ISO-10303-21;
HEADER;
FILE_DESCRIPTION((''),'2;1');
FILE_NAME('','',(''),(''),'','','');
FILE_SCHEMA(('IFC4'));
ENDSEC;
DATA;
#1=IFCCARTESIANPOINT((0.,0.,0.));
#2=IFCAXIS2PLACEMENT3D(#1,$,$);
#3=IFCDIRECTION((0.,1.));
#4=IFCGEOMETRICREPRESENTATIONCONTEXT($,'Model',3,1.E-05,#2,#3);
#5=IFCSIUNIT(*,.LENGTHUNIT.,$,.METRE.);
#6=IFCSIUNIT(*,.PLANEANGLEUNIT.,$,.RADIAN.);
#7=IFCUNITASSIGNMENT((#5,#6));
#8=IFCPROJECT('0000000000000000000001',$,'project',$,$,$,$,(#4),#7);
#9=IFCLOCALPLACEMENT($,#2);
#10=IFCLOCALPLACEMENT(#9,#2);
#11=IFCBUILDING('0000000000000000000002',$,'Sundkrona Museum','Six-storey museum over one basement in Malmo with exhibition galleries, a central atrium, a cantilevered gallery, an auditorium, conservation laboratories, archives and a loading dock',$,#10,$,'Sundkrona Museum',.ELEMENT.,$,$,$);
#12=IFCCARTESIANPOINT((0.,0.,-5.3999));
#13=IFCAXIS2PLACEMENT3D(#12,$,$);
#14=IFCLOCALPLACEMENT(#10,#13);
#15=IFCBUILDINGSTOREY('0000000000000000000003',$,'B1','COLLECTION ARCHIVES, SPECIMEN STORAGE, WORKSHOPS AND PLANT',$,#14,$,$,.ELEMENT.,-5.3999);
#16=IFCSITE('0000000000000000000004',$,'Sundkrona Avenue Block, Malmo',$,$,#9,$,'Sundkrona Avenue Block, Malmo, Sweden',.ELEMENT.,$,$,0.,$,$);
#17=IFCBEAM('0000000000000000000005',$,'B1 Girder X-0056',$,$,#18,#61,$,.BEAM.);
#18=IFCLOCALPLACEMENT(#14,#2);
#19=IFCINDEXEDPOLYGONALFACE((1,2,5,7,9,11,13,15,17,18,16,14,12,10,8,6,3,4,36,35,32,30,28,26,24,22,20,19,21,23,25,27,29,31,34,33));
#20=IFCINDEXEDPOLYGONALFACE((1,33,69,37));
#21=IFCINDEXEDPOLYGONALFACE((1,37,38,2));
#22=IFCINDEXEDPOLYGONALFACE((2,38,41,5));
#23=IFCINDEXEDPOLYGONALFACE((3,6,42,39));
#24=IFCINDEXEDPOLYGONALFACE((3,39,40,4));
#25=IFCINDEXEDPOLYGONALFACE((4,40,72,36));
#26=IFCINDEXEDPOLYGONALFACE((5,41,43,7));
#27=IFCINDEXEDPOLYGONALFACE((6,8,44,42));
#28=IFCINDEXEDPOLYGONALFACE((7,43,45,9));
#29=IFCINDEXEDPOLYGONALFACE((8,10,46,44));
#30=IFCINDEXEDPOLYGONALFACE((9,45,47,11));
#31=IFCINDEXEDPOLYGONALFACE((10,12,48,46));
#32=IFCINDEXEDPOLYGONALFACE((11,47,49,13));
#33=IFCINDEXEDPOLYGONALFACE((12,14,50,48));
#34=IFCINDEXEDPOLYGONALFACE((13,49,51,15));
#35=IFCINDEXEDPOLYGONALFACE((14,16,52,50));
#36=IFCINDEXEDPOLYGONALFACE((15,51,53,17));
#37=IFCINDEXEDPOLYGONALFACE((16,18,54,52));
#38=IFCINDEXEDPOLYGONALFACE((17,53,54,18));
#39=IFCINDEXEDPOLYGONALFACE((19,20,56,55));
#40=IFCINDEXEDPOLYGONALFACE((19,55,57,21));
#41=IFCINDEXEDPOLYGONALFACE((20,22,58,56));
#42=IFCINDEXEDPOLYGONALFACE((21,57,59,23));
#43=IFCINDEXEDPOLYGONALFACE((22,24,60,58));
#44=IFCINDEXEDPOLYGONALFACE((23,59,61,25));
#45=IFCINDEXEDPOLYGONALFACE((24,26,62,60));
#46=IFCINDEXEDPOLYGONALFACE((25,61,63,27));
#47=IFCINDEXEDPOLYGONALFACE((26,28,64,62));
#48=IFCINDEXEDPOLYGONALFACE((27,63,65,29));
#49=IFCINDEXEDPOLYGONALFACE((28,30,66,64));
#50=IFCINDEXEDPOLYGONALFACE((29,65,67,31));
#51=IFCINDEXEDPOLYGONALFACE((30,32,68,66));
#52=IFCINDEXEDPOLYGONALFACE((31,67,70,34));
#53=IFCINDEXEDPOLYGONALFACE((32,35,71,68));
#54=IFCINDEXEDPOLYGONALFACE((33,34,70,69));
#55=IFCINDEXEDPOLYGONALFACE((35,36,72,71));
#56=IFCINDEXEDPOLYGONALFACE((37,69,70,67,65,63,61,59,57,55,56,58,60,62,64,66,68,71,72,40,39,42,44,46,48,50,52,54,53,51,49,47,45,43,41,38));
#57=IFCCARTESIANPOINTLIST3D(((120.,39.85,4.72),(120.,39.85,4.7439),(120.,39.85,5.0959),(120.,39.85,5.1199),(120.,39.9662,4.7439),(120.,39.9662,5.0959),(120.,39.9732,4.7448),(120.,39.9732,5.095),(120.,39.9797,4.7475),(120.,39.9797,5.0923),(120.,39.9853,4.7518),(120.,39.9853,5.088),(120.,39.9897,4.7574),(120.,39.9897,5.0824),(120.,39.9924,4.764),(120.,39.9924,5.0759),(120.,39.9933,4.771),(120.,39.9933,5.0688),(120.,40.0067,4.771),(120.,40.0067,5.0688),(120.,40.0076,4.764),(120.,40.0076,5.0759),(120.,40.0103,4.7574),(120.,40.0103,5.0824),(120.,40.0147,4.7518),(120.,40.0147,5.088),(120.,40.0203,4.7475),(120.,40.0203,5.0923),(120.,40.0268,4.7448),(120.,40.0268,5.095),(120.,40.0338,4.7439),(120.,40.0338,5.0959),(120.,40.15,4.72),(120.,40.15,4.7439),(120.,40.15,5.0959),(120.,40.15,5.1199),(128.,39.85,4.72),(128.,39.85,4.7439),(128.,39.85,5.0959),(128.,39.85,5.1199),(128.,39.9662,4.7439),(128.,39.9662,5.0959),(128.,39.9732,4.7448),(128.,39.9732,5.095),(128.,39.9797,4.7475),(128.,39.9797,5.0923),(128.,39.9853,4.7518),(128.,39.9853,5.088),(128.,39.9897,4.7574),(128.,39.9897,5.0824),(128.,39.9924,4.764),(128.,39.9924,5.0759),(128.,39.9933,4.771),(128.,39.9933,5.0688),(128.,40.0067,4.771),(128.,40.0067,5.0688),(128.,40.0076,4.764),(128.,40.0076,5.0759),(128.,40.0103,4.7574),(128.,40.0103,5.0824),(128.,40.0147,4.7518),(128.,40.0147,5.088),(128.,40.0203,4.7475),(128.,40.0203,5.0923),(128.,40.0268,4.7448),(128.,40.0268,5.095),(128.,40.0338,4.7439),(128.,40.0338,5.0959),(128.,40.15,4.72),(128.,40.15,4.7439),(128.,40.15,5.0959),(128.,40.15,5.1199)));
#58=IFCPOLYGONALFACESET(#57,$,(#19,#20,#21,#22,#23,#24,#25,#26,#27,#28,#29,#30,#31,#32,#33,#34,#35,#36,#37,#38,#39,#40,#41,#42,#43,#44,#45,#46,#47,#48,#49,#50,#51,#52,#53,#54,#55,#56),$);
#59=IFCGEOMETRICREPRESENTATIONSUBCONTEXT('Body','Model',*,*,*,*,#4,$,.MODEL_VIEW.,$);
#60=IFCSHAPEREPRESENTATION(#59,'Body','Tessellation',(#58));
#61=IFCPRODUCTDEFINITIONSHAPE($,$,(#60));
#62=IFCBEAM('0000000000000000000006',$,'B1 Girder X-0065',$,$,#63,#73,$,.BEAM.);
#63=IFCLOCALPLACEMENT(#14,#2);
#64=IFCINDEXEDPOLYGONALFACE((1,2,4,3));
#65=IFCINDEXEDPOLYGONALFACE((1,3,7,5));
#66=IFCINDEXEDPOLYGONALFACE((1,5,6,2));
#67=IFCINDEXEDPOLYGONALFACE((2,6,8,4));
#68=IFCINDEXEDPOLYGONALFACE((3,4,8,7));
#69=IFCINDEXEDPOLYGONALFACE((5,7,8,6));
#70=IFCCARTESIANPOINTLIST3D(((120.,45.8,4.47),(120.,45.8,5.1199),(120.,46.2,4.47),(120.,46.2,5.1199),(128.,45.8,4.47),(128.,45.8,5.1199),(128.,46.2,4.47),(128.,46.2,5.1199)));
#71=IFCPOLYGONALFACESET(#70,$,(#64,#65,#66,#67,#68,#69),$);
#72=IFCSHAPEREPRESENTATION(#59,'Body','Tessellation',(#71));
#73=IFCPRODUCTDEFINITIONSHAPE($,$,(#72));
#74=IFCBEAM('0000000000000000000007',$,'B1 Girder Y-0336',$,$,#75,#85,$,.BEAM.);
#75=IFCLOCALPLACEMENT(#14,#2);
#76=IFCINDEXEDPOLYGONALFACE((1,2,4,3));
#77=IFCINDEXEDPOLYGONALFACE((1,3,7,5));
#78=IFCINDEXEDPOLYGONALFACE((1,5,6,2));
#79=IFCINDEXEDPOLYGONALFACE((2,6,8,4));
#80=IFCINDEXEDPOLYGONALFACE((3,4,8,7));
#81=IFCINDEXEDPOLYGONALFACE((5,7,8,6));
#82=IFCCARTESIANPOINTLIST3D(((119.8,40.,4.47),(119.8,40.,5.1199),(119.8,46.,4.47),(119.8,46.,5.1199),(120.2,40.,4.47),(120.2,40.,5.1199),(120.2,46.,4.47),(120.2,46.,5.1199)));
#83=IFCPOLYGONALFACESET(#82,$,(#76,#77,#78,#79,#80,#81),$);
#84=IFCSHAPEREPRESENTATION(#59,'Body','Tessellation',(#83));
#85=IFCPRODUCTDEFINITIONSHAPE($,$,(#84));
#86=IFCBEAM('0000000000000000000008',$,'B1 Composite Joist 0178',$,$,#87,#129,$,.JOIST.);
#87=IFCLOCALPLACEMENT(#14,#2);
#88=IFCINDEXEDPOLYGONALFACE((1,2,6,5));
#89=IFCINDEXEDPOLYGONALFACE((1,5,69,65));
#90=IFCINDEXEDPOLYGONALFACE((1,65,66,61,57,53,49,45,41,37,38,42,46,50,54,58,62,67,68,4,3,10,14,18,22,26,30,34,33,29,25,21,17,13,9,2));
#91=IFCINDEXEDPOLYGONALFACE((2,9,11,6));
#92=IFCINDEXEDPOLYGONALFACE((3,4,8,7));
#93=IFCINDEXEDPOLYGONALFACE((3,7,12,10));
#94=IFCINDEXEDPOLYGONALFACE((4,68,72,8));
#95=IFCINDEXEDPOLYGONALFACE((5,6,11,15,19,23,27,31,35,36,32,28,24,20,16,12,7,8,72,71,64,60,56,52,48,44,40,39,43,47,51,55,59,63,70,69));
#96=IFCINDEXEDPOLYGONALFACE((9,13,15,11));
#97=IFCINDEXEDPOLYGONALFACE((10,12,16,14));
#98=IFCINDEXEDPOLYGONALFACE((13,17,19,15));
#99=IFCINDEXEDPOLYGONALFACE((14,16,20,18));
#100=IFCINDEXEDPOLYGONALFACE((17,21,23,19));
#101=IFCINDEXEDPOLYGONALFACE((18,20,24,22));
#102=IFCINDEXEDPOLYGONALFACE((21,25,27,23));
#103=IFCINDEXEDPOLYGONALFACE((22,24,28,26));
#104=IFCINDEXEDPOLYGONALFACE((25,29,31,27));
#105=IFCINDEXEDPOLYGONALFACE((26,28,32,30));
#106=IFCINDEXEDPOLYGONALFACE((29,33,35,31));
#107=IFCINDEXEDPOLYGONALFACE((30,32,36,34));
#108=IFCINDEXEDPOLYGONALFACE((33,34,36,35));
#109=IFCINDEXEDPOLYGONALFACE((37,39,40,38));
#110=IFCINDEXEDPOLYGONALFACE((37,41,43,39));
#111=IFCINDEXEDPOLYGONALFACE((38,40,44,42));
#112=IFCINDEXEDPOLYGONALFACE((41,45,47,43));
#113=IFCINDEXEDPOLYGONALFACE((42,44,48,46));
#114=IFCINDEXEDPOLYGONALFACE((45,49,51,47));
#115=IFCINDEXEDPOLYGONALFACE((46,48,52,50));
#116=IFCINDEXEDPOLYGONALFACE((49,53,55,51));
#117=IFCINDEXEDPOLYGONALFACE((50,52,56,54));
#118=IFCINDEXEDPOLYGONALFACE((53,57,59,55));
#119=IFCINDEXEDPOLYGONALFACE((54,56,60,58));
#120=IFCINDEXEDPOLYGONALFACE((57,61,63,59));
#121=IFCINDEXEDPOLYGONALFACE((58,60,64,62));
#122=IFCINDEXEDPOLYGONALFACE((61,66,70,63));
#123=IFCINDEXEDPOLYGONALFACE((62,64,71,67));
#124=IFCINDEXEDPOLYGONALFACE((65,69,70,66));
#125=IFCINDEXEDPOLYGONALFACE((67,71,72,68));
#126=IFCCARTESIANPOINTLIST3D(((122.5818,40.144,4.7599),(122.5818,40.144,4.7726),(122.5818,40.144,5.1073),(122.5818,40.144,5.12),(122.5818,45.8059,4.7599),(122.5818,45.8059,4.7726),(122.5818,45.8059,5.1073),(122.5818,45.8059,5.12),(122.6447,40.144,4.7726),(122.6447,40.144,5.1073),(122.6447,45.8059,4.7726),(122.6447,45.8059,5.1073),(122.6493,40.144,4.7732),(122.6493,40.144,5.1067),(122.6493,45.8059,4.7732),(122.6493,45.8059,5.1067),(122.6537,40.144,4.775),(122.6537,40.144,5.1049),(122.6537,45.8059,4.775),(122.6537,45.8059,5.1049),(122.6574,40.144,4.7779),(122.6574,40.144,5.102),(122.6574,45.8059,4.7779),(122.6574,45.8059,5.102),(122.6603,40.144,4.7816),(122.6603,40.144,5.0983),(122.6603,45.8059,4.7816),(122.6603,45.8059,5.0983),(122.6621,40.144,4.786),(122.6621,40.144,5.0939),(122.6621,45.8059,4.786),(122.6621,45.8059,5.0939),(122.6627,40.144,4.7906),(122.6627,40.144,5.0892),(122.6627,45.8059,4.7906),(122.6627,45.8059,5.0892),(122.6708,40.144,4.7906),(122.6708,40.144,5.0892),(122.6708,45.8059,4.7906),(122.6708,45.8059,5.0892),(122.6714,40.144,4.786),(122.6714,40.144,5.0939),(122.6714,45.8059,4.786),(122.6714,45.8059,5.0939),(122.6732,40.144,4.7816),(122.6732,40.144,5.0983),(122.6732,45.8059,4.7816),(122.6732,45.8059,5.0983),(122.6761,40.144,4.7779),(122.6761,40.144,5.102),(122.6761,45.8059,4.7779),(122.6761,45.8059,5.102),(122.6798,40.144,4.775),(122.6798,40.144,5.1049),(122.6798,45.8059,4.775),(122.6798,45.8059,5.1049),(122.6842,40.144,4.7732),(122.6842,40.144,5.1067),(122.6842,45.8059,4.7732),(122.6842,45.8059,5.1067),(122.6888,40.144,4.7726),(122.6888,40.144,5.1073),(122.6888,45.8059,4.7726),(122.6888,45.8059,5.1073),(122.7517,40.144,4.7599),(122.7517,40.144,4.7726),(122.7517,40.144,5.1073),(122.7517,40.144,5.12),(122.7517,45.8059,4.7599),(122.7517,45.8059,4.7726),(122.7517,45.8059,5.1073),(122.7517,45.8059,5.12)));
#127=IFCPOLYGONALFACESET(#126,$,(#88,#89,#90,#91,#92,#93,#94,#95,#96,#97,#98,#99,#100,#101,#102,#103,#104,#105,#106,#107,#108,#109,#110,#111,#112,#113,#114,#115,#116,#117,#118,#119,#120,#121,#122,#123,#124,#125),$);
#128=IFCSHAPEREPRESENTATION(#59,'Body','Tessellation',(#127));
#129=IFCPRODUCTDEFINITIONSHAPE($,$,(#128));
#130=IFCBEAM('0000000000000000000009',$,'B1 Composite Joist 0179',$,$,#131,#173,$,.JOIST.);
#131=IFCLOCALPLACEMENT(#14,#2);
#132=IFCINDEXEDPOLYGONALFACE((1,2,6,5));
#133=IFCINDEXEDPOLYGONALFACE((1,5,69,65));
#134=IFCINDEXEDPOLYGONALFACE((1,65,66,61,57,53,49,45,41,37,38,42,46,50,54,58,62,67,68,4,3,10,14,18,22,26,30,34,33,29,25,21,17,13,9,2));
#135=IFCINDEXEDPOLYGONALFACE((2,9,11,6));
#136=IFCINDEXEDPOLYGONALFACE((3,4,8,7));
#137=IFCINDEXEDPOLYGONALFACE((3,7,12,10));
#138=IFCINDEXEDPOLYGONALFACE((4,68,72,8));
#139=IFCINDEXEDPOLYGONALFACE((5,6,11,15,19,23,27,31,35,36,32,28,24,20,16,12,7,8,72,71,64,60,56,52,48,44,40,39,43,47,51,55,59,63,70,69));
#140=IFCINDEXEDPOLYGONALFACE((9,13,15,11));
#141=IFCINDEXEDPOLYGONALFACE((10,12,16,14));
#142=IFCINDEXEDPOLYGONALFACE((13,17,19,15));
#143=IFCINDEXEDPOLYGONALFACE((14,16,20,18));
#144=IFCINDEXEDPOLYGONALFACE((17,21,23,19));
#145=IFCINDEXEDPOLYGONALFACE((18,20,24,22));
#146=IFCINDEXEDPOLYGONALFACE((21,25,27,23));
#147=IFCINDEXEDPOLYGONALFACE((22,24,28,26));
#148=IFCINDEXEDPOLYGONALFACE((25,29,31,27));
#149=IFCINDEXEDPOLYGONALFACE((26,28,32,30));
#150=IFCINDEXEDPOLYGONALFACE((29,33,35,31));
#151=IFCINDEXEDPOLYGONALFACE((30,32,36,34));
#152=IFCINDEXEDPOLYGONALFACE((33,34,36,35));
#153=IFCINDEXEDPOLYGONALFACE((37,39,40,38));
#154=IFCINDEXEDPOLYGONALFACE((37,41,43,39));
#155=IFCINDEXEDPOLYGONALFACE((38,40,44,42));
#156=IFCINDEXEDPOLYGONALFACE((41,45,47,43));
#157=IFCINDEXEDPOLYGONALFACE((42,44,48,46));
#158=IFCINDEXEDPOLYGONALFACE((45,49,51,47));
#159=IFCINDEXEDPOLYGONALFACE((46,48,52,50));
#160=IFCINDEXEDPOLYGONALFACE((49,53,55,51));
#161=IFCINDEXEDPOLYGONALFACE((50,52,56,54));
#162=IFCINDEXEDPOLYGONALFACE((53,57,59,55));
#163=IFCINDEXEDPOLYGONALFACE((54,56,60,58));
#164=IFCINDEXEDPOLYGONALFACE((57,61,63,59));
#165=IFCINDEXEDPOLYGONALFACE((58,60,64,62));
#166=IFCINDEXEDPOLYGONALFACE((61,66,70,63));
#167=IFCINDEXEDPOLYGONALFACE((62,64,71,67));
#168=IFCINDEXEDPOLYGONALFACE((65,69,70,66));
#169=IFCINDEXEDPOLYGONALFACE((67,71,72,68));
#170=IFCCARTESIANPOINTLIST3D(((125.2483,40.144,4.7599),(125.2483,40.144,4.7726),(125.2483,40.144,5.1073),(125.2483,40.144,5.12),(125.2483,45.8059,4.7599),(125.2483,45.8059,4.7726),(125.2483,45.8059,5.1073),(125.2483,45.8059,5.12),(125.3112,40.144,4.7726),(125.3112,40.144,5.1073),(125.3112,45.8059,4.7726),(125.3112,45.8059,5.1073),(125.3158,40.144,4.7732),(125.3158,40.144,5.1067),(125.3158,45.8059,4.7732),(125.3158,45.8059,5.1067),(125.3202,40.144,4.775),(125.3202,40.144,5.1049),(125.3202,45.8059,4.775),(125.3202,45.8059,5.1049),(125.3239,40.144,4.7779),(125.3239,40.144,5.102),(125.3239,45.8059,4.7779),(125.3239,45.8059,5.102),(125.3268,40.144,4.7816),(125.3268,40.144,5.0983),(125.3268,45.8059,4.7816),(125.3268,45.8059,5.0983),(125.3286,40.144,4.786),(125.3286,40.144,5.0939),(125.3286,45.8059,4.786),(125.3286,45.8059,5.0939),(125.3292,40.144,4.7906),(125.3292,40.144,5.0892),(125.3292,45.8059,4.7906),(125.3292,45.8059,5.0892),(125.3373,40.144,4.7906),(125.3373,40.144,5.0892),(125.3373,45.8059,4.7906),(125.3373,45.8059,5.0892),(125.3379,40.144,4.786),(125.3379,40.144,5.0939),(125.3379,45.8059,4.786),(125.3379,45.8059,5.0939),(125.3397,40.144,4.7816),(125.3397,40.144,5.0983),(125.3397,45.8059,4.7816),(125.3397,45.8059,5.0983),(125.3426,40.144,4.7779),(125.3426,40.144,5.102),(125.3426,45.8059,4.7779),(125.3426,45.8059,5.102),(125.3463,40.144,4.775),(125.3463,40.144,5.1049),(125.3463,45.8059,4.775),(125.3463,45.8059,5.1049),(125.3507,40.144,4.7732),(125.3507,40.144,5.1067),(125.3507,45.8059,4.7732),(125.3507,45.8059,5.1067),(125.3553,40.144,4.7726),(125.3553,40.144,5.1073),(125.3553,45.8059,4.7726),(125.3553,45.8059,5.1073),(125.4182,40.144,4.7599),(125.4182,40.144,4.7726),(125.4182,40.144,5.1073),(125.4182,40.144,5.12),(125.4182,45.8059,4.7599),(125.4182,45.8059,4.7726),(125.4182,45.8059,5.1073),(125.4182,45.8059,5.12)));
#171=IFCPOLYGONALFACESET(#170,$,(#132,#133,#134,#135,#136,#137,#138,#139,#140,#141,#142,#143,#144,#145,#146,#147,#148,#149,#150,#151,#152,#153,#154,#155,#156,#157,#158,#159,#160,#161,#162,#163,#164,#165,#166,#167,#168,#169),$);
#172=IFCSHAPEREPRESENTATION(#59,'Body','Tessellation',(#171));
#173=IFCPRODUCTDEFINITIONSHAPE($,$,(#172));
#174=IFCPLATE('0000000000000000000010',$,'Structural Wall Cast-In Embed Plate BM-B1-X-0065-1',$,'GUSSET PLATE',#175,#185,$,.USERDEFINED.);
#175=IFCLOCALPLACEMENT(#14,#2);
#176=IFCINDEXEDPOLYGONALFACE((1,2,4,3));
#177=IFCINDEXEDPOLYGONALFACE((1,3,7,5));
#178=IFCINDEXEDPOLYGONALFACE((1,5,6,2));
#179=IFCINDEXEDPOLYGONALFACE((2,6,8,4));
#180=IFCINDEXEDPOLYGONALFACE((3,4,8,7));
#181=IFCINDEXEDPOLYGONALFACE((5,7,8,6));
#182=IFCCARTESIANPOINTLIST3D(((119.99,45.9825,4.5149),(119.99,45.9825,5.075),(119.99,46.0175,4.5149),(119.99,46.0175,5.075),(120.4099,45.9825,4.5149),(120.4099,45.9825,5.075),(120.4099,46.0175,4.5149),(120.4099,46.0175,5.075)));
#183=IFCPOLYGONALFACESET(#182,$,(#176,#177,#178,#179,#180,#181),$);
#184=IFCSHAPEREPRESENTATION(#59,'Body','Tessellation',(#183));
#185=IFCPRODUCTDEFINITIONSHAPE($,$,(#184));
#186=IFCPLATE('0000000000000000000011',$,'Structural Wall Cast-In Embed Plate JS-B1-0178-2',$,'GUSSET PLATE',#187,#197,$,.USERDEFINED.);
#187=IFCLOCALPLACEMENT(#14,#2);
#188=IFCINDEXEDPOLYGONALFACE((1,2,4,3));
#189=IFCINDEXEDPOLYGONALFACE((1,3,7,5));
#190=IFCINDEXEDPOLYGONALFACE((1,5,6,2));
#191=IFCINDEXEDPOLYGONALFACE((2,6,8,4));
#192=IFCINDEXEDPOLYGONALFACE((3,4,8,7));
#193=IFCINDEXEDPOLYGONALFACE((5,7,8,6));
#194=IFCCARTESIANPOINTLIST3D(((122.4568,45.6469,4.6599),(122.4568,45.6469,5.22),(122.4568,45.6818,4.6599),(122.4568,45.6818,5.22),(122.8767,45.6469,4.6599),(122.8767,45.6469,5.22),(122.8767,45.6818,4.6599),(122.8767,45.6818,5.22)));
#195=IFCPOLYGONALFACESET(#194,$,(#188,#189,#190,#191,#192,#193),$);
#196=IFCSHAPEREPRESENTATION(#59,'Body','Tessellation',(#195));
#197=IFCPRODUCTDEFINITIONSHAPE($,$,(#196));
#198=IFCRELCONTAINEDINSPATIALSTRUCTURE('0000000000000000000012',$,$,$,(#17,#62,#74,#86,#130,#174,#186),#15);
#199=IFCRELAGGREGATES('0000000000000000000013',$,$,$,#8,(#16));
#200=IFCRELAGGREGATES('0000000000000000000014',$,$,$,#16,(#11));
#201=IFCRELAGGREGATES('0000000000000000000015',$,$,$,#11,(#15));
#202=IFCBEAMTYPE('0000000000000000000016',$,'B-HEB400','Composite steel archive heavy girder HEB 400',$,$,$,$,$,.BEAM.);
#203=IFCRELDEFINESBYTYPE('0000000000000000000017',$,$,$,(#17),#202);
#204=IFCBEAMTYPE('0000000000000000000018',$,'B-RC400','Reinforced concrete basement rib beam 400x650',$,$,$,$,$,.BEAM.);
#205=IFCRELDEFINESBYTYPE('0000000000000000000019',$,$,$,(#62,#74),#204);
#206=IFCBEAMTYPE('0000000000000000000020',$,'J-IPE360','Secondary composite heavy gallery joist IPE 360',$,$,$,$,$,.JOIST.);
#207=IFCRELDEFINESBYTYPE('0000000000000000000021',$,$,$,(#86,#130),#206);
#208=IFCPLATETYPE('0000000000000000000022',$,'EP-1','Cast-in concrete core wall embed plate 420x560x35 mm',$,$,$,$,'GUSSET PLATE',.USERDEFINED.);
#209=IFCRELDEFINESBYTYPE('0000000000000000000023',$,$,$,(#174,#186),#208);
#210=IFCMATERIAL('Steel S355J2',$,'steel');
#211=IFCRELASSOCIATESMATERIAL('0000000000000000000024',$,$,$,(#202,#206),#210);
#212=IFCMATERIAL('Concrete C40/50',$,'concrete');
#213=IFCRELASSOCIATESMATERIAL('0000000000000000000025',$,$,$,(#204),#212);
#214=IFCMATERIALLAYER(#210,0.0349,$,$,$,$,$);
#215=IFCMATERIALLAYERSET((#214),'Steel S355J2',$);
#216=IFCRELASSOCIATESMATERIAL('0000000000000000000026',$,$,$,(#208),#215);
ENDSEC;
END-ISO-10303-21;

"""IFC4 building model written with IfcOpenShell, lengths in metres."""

from ifc_helpers import new_model, si_unit, direction, frame, origin, origin_2d, place, context, subcontext, project, spatial, rectangle, i_section, extrude, material, layer, layer_set, material_profile, profile_set, type_object, element, save


model = new_model("IFC4")

# Units and contexts
model_context = context("Model", 3, precision=1e-05, world=origin(), true_north=direction((0.0, 1.0)))
body_context = subcontext(model_context, "Body", "Model", "MODEL_VIEW")
ifc_project = project(units=[si_unit("LENGTHUNIT", "METRE"), si_unit("PLANEANGLEUNIT", "RADIAN")], contexts=[model_context])

# Site, building, storey
site_placement = place(None, origin())
site = spatial("IfcSite", under=ifc_project, at=site_placement, Name="Sundkrona Avenue Block, Malmo", LongName="Sundkrona Avenue Block, Malmo, Sweden", CompositionType="ELEMENT", RefElevation=0.0)
building_placement = place(site_placement, origin())
building = spatial("IfcBuilding", under=site, at=building_placement, Name="Sundkrona Museum", Description="Six-storey museum over one basement in Malmo with exhibition galleries, a central atrium, a cantilevered gallery, an auditorium, conservation laboratories, archives and a loading dock", LongName="Sundkrona Museum", CompositionType="ELEMENT")
storey_placement = place(building_placement, frame((0.0, 0.0, -5.3999)))
storey = spatial("IfcBuildingStorey", under=building, at=storey_placement, Name="B1", Description="COLLECTION ARCHIVES, SPECIMEN STORAGE, WORKSHOPS AND PLANT", CompositionType="ELEMENT", Elevation=-5.3999)

# Shared definitions
ifc_material_1 = material(Name="Concrete C40/50", Category="concrete")

# Beams
ifc_material_2 = material(Name="Steel S355J2", Category="steel")
ifc_material_profile_1 = material_profile(ifc_material_2, i_section(OverallWidth=0.3, OverallDepth=0.3999, WebThickness=0.0134, FlangeThickness=0.0239, FilletRadius=0.0271, at=origin_2d()), Name="HEB 400")
ifc_profile_set_1 = profile_set([ifc_material_profile_1], Name="Steel S355J2")
beam_type_1 = type_object("IfcBeamType", Name="B-HEB400", Description="Composite steel archive heavy girder HEB 400", PredefinedType="BEAM", material=ifc_profile_set_1)
beam_1_placement = place(storey_placement, frame((120.0, 40.0, 4.9199), z_axis=(1.0, 0.0, 0.0), x_axis=(0.0, 1.0, 0.0)))
element("IfcBeam", 1, at=beam_1_placement, inside=storey, type_object=beam_type_1, Name="B1 Girder X-0056", PredefinedType="BEAM", context=body_context, shape_type="SweptSolid", body=[
    extrude(i_section(OverallWidth=0.3, OverallDepth=0.3999, WebThickness=0.0134, FlangeThickness=0.0239, FilletRadius=0.0271, at=origin_2d()), origin(), (0.0, 0.0, 1.0), 8.0),
])
ifc_material_profile_2 = material_profile(ifc_material_1, rectangle(XDim=0.3999, YDim=0.6499, at=origin_2d()), Name="RCB 400x650")
ifc_profile_set_2 = profile_set([ifc_material_profile_2], Name="Concrete C40/50")
beam_type_2 = type_object("IfcBeamType", Name="B-RC400", Description="Reinforced concrete basement rib beam 400x650", PredefinedType="BEAM", material=ifc_profile_set_2)
beam_2_placement = place(storey_placement, frame((120.0, 46.0, 4.7949), z_axis=(1.0, 0.0, 0.0), x_axis=(0.0, 1.0, 0.0)))
element("IfcBeam", 2, at=beam_2_placement, inside=storey, type_object=beam_type_2, Name="B1 Girder X-0065", PredefinedType="BEAM", context=body_context, shape_type="SweptSolid", body=[
    extrude(rectangle(XDim=0.3999, YDim=0.6499, at=origin_2d()), origin(), (0.0, 0.0, 1.0), 8.0),
])
beam_3_placement = place(storey_placement, frame((120.0, 40.0, 4.7949), z_axis=(0.0, 1.0, 0.0), x_axis=(-1.0, 0.0, 0.0)))
element("IfcBeam", 3, at=beam_3_placement, inside=storey, type_object=beam_type_2, Name="B1 Girder Y-0336", PredefinedType="BEAM", context=body_context, shape_type="SweptSolid", body=[
    extrude(rectangle(XDim=0.3999, YDim=0.6499, at=origin_2d()), origin(), (0.0, 0.0, 1.0), 6.0),
])
ifc_material_profile_3 = material_profile(ifc_material_2, i_section(OverallWidth=0.1699, OverallDepth=0.3601, WebThickness=0.0081, FlangeThickness=0.0127, FilletRadius=0.0181, at=origin_2d()), Name="IPE 360")
ifc_profile_set_3 = profile_set([ifc_material_profile_3], Name="Steel S355J2")
beam_type_3 = type_object("IfcBeamType", Name="J-IPE360", Description="Secondary composite heavy gallery joist IPE 360", PredefinedType="JOIST", material=ifc_profile_set_3)
for number, where, z_axis, x_axis, name in (
    (4, (122.6667, 40.144, 4.9399), (0.0, 1.0, 0.0), (-1.0, 0.0, 0.0), "B1 Composite Joist 0178"),
    (5, (125.3333, 40.144, 4.9399), (0.0, 1.0, 0.0), (-1.0, 0.0, 0.0), "B1 Composite Joist 0179"),
):
    element("IfcBeam", number, at=place(storey_placement, frame(where, z_axis=z_axis, x_axis=x_axis)), inside=storey, type_object=beam_type_3, Name=name, PredefinedType="JOIST", context=body_context, shape_type="SweptSolid", body=[
        extrude(i_section(OverallWidth=0.1699, OverallDepth=0.3601, WebThickness=0.0081, FlangeThickness=0.0127, FilletRadius=0.0181, at=origin_2d()), origin(), (0.0, 0.0, 1.0), 5.6619),
    ])

# Plates
ifc_layer_1 = layer(ifc_material_2, 0.0349)
ifc_layer_set_1 = layer_set([ifc_layer_1], Name="Steel S355J2")
plate_type = type_object("IfcPlateType", Name="EP-1", Description="Cast-in concrete core wall embed plate 420x560x35 mm", ElementType="GUSSET PLATE", PredefinedType="USERDEFINED", material=ifc_layer_set_1)
for number, where, z_axis, x_axis, name in (
    (6, (120.2, 46.0, 4.5149), (0.0, 0.0, 1.0), (1.0, 0.0, 0.0), "Structural Wall Cast-In Embed Plate BM-B1-X-0065-1"),
    (7, (122.6667, 45.6643, 4.6599), (0.0, 0.0, 1.0), (1.0, 0.0, 0.0), "Structural Wall Cast-In Embed Plate JS-B1-0178-2"),
):
    element("IfcPlate", number, at=place(storey_placement, frame(where, z_axis=z_axis, x_axis=x_axis)), inside=storey, type_object=plate_type, Name=name, ObjectType="GUSSET PLATE", PredefinedType="USERDEFINED", context=body_context, shape_type="SweptSolid", body=[
        extrude(rectangle(XDim=0.4199, YDim=0.0349, at=origin_2d()), origin(), (0.0, 0.0, 1.0), 0.5601),
    ])

save(model, "model.ifc")
